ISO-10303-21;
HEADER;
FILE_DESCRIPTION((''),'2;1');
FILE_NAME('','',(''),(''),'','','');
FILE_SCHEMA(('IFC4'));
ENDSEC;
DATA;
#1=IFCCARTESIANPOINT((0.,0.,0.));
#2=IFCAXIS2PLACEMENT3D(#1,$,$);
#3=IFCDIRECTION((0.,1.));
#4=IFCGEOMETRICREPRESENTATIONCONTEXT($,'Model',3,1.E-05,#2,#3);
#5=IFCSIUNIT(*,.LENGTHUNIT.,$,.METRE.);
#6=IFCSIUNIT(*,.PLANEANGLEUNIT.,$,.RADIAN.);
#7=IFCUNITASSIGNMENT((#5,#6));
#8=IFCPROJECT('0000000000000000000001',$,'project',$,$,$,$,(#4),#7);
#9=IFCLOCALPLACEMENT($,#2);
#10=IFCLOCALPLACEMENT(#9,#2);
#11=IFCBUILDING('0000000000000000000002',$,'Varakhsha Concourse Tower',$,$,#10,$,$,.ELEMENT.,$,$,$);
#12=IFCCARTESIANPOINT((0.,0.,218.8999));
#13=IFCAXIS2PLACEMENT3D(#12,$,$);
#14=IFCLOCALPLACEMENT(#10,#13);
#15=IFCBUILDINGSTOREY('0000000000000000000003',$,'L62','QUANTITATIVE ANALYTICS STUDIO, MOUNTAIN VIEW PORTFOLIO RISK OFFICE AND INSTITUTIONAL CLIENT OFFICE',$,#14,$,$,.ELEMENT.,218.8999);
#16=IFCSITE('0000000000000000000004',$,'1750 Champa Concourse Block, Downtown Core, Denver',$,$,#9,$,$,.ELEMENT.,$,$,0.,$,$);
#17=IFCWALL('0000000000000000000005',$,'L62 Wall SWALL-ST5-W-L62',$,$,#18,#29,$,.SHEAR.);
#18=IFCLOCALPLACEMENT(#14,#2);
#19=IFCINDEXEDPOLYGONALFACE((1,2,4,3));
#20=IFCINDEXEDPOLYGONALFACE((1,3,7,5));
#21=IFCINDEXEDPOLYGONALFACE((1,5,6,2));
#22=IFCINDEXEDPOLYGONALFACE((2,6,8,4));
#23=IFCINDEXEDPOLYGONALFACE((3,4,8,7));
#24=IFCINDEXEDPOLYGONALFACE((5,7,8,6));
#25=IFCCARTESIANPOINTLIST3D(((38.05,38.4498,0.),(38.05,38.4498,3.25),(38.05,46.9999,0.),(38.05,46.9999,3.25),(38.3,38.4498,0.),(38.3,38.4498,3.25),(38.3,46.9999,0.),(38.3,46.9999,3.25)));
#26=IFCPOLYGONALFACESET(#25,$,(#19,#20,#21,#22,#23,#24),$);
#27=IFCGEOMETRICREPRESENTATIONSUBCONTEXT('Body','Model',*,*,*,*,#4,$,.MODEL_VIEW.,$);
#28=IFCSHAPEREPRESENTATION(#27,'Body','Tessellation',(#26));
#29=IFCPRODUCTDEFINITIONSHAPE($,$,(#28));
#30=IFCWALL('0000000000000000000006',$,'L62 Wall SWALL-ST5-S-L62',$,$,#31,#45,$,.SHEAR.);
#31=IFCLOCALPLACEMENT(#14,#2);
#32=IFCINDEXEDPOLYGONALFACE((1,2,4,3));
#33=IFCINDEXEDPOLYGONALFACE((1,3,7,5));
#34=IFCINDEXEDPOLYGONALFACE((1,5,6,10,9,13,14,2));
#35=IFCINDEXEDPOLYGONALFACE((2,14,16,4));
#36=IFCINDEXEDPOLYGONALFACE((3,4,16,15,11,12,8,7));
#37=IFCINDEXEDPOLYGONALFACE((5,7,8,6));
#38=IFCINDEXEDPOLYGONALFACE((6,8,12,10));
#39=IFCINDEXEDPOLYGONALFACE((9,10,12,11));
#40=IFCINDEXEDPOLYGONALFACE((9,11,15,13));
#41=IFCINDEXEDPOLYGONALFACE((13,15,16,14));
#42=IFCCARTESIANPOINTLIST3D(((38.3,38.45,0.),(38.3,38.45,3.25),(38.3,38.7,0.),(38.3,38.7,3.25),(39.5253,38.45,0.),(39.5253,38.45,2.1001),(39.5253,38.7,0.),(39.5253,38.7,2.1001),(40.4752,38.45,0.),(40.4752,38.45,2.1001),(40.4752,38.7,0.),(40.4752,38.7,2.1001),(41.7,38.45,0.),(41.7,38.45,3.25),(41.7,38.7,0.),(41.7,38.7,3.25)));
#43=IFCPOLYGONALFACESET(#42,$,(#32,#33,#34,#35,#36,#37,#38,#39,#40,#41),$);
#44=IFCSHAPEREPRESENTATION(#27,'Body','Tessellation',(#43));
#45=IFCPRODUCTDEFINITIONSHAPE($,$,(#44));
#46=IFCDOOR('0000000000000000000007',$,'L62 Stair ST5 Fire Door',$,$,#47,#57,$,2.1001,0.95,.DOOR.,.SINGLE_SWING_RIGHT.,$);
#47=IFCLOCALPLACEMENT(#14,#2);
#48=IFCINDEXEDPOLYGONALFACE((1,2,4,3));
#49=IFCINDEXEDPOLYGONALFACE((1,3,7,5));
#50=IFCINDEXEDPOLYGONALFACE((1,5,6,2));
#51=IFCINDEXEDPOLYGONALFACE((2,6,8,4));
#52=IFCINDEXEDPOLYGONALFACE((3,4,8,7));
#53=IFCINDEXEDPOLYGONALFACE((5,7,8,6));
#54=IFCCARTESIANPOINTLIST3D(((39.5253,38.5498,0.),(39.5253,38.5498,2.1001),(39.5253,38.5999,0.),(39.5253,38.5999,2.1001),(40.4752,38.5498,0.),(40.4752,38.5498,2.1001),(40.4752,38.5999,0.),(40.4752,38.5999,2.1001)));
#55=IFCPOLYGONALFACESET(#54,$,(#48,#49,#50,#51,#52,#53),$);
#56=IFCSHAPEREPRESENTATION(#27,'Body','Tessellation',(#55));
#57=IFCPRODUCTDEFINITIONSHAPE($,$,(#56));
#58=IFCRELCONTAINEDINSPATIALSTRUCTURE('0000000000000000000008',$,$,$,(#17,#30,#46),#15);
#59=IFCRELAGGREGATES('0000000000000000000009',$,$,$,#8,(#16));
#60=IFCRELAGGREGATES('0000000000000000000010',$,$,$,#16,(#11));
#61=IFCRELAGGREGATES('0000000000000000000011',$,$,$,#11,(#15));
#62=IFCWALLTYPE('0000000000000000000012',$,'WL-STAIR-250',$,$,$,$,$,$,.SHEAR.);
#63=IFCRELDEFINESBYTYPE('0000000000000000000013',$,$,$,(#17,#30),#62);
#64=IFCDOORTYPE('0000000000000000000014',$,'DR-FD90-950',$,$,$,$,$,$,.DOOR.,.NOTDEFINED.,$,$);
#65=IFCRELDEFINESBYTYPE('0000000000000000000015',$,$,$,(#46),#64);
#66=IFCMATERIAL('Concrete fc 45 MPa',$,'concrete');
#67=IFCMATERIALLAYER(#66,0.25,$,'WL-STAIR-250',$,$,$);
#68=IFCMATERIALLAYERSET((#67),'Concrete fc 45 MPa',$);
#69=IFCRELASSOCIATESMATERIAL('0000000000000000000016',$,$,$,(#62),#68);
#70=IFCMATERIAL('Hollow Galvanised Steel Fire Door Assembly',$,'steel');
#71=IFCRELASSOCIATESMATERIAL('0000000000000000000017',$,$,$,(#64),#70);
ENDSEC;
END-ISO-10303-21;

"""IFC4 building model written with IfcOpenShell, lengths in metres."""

from ifc_helpers import new_model, si_unit, direction, frame, frame_2d, origin, place, context, subcontext, project, spatial, rectangle, extrude, material, layer, layer_set, type_object, element, fill, save


model = new_model("IFC4")

# Units and contexts
model_context = context("Model", 3, precision=1e-05, world=origin(), true_north=direction((0.0, 1.0)))
body_context = subcontext(model_context, "Body", "Model", "MODEL_VIEW")
ifc_project = project(units=[si_unit("LENGTHUNIT", "METRE"), si_unit("PLANEANGLEUNIT", "RADIAN")], contexts=[model_context])

# Site, building, storey
site_placement = place(None, origin())
site = spatial("IfcSite", under=ifc_project, at=site_placement, Name="1750 Champa Concourse Block, Downtown Core, Denver", CompositionType="ELEMENT", RefElevation=0.0)
building_placement = place(site_placement, origin())
building = spatial("IfcBuilding", under=site, at=building_placement, Name="Varakhsha Concourse Tower", CompositionType="ELEMENT")
storey_placement = place(building_placement, frame((0.0, 0.0, 218.8999)))
storey = spatial("IfcBuildingStorey", under=building, at=storey_placement, Name="L62", Description="QUANTITATIVE ANALYTICS STUDIO, MOUNTAIN VIEW PORTFOLIO RISK OFFICE AND INSTITUTIONAL CLIENT OFFICE", CompositionType="ELEMENT", Elevation=218.8999)

# Shared definitions
ifc_material_1 = material(Name="Hollow Galvanised Steel Fire Door Assembly", Category="steel")

# Wall
ifc_material_2 = material(Name="Concrete fc 45 MPa", Category="concrete")
ifc_layer_1 = layer(ifc_material_2, 0.25, Name="WL-STAIR-250")
ifc_layer_set_1 = layer_set([ifc_layer_1], Name="Concrete fc 45 MPa")
wall_type_1 = type_object("IfcWallType", Name="WL-STAIR-250", PredefinedType="SHEAR", material=ifc_layer_set_1)
wall_1_placement = place(storey_placement, frame((38.175, 38.45, 0.0), z_axis=(0.0, 0.0, 1.0), x_axis=(0.0, 1.0, 0.0)))
element("IfcWall", 1, at=wall_1_placement, inside=storey, type_object=wall_type_1, Name="L62 Wall SWALL-ST5-W-L62", PredefinedType="SHEAR", context=body_context, shape_type="SweptSolid", body=[
    extrude(rectangle(XDim=8.55, YDim=0.25, at=frame_2d((4.2749, 0.0))), origin(), (0.0, 0.0, 1.0), 3.25),
])

# Wall, opening, door
wall_2_placement = place(storey_placement, frame((38.3, 38.575, 0.0), z_axis=(0.0, 0.0, 1.0), x_axis=(1.0, 0.0, 0.0)))
wall_2 = element("IfcWall", 2, at=wall_2_placement, inside=storey, type_object=wall_type_1, Name="L62 Wall SWALL-ST5-S-L62", PredefinedType="SHEAR", context=body_context, shape_type="SweptSolid", body=[
    extrude(rectangle(XDim=3.3999, YDim=0.25, at=frame_2d((1.7, 0.0))), origin(), (0.0, 0.0, 1.0), 3.25),
])
opening_1_placement = place(wall_2_placement, frame((1.2251, 0.0, 0.0)))
opening_1 = element("IfcOpeningElement", 3, at=opening_1_placement, cuts=wall_2, PredefinedType="OPENING", context=body_context, shape_type="SweptSolid", body=[
    extrude(rectangle(XDim=0.95, YDim=2.1001, at=frame_2d((0.4751, 1.05))), frame((0.0, 0.135, 0.0), z_axis=(0.0, -1.0, 0.0), x_axis=(1.0, 0.0, 0.0)), (0.0, 0.0, 1.0), 0.27),
])
door_type_1 = type_object("IfcDoorType", Name="DR-FD90-950", OperationType="NOTDEFINED", PredefinedType="DOOR", material=ifc_material_1)
door_1_placement = place(opening_1_placement, origin())
door_1 = element("IfcDoor", 4, at=door_1_placement, inside=storey, type_object=door_type_1, Name="L62 Stair ST5 Fire Door", OperationType="SINGLE_SWING_RIGHT", OverallHeight=2.1001, OverallWidth=0.95, PredefinedType="DOOR", context=body_context, shape_type="SweptSolid", body=[
    extrude(rectangle(XDim=0.95, YDim=2.1001, at=frame_2d((0.4751, 1.05))), frame((0.0, 0.0249, 0.0), z_axis=(0.0, -1.0, 0.0), x_axis=(1.0, 0.0, 0.0)), (0.0, 0.0, 1.0), 0.05),
])
fill(opening_1, door_1)

save(model, "model.ifc")
